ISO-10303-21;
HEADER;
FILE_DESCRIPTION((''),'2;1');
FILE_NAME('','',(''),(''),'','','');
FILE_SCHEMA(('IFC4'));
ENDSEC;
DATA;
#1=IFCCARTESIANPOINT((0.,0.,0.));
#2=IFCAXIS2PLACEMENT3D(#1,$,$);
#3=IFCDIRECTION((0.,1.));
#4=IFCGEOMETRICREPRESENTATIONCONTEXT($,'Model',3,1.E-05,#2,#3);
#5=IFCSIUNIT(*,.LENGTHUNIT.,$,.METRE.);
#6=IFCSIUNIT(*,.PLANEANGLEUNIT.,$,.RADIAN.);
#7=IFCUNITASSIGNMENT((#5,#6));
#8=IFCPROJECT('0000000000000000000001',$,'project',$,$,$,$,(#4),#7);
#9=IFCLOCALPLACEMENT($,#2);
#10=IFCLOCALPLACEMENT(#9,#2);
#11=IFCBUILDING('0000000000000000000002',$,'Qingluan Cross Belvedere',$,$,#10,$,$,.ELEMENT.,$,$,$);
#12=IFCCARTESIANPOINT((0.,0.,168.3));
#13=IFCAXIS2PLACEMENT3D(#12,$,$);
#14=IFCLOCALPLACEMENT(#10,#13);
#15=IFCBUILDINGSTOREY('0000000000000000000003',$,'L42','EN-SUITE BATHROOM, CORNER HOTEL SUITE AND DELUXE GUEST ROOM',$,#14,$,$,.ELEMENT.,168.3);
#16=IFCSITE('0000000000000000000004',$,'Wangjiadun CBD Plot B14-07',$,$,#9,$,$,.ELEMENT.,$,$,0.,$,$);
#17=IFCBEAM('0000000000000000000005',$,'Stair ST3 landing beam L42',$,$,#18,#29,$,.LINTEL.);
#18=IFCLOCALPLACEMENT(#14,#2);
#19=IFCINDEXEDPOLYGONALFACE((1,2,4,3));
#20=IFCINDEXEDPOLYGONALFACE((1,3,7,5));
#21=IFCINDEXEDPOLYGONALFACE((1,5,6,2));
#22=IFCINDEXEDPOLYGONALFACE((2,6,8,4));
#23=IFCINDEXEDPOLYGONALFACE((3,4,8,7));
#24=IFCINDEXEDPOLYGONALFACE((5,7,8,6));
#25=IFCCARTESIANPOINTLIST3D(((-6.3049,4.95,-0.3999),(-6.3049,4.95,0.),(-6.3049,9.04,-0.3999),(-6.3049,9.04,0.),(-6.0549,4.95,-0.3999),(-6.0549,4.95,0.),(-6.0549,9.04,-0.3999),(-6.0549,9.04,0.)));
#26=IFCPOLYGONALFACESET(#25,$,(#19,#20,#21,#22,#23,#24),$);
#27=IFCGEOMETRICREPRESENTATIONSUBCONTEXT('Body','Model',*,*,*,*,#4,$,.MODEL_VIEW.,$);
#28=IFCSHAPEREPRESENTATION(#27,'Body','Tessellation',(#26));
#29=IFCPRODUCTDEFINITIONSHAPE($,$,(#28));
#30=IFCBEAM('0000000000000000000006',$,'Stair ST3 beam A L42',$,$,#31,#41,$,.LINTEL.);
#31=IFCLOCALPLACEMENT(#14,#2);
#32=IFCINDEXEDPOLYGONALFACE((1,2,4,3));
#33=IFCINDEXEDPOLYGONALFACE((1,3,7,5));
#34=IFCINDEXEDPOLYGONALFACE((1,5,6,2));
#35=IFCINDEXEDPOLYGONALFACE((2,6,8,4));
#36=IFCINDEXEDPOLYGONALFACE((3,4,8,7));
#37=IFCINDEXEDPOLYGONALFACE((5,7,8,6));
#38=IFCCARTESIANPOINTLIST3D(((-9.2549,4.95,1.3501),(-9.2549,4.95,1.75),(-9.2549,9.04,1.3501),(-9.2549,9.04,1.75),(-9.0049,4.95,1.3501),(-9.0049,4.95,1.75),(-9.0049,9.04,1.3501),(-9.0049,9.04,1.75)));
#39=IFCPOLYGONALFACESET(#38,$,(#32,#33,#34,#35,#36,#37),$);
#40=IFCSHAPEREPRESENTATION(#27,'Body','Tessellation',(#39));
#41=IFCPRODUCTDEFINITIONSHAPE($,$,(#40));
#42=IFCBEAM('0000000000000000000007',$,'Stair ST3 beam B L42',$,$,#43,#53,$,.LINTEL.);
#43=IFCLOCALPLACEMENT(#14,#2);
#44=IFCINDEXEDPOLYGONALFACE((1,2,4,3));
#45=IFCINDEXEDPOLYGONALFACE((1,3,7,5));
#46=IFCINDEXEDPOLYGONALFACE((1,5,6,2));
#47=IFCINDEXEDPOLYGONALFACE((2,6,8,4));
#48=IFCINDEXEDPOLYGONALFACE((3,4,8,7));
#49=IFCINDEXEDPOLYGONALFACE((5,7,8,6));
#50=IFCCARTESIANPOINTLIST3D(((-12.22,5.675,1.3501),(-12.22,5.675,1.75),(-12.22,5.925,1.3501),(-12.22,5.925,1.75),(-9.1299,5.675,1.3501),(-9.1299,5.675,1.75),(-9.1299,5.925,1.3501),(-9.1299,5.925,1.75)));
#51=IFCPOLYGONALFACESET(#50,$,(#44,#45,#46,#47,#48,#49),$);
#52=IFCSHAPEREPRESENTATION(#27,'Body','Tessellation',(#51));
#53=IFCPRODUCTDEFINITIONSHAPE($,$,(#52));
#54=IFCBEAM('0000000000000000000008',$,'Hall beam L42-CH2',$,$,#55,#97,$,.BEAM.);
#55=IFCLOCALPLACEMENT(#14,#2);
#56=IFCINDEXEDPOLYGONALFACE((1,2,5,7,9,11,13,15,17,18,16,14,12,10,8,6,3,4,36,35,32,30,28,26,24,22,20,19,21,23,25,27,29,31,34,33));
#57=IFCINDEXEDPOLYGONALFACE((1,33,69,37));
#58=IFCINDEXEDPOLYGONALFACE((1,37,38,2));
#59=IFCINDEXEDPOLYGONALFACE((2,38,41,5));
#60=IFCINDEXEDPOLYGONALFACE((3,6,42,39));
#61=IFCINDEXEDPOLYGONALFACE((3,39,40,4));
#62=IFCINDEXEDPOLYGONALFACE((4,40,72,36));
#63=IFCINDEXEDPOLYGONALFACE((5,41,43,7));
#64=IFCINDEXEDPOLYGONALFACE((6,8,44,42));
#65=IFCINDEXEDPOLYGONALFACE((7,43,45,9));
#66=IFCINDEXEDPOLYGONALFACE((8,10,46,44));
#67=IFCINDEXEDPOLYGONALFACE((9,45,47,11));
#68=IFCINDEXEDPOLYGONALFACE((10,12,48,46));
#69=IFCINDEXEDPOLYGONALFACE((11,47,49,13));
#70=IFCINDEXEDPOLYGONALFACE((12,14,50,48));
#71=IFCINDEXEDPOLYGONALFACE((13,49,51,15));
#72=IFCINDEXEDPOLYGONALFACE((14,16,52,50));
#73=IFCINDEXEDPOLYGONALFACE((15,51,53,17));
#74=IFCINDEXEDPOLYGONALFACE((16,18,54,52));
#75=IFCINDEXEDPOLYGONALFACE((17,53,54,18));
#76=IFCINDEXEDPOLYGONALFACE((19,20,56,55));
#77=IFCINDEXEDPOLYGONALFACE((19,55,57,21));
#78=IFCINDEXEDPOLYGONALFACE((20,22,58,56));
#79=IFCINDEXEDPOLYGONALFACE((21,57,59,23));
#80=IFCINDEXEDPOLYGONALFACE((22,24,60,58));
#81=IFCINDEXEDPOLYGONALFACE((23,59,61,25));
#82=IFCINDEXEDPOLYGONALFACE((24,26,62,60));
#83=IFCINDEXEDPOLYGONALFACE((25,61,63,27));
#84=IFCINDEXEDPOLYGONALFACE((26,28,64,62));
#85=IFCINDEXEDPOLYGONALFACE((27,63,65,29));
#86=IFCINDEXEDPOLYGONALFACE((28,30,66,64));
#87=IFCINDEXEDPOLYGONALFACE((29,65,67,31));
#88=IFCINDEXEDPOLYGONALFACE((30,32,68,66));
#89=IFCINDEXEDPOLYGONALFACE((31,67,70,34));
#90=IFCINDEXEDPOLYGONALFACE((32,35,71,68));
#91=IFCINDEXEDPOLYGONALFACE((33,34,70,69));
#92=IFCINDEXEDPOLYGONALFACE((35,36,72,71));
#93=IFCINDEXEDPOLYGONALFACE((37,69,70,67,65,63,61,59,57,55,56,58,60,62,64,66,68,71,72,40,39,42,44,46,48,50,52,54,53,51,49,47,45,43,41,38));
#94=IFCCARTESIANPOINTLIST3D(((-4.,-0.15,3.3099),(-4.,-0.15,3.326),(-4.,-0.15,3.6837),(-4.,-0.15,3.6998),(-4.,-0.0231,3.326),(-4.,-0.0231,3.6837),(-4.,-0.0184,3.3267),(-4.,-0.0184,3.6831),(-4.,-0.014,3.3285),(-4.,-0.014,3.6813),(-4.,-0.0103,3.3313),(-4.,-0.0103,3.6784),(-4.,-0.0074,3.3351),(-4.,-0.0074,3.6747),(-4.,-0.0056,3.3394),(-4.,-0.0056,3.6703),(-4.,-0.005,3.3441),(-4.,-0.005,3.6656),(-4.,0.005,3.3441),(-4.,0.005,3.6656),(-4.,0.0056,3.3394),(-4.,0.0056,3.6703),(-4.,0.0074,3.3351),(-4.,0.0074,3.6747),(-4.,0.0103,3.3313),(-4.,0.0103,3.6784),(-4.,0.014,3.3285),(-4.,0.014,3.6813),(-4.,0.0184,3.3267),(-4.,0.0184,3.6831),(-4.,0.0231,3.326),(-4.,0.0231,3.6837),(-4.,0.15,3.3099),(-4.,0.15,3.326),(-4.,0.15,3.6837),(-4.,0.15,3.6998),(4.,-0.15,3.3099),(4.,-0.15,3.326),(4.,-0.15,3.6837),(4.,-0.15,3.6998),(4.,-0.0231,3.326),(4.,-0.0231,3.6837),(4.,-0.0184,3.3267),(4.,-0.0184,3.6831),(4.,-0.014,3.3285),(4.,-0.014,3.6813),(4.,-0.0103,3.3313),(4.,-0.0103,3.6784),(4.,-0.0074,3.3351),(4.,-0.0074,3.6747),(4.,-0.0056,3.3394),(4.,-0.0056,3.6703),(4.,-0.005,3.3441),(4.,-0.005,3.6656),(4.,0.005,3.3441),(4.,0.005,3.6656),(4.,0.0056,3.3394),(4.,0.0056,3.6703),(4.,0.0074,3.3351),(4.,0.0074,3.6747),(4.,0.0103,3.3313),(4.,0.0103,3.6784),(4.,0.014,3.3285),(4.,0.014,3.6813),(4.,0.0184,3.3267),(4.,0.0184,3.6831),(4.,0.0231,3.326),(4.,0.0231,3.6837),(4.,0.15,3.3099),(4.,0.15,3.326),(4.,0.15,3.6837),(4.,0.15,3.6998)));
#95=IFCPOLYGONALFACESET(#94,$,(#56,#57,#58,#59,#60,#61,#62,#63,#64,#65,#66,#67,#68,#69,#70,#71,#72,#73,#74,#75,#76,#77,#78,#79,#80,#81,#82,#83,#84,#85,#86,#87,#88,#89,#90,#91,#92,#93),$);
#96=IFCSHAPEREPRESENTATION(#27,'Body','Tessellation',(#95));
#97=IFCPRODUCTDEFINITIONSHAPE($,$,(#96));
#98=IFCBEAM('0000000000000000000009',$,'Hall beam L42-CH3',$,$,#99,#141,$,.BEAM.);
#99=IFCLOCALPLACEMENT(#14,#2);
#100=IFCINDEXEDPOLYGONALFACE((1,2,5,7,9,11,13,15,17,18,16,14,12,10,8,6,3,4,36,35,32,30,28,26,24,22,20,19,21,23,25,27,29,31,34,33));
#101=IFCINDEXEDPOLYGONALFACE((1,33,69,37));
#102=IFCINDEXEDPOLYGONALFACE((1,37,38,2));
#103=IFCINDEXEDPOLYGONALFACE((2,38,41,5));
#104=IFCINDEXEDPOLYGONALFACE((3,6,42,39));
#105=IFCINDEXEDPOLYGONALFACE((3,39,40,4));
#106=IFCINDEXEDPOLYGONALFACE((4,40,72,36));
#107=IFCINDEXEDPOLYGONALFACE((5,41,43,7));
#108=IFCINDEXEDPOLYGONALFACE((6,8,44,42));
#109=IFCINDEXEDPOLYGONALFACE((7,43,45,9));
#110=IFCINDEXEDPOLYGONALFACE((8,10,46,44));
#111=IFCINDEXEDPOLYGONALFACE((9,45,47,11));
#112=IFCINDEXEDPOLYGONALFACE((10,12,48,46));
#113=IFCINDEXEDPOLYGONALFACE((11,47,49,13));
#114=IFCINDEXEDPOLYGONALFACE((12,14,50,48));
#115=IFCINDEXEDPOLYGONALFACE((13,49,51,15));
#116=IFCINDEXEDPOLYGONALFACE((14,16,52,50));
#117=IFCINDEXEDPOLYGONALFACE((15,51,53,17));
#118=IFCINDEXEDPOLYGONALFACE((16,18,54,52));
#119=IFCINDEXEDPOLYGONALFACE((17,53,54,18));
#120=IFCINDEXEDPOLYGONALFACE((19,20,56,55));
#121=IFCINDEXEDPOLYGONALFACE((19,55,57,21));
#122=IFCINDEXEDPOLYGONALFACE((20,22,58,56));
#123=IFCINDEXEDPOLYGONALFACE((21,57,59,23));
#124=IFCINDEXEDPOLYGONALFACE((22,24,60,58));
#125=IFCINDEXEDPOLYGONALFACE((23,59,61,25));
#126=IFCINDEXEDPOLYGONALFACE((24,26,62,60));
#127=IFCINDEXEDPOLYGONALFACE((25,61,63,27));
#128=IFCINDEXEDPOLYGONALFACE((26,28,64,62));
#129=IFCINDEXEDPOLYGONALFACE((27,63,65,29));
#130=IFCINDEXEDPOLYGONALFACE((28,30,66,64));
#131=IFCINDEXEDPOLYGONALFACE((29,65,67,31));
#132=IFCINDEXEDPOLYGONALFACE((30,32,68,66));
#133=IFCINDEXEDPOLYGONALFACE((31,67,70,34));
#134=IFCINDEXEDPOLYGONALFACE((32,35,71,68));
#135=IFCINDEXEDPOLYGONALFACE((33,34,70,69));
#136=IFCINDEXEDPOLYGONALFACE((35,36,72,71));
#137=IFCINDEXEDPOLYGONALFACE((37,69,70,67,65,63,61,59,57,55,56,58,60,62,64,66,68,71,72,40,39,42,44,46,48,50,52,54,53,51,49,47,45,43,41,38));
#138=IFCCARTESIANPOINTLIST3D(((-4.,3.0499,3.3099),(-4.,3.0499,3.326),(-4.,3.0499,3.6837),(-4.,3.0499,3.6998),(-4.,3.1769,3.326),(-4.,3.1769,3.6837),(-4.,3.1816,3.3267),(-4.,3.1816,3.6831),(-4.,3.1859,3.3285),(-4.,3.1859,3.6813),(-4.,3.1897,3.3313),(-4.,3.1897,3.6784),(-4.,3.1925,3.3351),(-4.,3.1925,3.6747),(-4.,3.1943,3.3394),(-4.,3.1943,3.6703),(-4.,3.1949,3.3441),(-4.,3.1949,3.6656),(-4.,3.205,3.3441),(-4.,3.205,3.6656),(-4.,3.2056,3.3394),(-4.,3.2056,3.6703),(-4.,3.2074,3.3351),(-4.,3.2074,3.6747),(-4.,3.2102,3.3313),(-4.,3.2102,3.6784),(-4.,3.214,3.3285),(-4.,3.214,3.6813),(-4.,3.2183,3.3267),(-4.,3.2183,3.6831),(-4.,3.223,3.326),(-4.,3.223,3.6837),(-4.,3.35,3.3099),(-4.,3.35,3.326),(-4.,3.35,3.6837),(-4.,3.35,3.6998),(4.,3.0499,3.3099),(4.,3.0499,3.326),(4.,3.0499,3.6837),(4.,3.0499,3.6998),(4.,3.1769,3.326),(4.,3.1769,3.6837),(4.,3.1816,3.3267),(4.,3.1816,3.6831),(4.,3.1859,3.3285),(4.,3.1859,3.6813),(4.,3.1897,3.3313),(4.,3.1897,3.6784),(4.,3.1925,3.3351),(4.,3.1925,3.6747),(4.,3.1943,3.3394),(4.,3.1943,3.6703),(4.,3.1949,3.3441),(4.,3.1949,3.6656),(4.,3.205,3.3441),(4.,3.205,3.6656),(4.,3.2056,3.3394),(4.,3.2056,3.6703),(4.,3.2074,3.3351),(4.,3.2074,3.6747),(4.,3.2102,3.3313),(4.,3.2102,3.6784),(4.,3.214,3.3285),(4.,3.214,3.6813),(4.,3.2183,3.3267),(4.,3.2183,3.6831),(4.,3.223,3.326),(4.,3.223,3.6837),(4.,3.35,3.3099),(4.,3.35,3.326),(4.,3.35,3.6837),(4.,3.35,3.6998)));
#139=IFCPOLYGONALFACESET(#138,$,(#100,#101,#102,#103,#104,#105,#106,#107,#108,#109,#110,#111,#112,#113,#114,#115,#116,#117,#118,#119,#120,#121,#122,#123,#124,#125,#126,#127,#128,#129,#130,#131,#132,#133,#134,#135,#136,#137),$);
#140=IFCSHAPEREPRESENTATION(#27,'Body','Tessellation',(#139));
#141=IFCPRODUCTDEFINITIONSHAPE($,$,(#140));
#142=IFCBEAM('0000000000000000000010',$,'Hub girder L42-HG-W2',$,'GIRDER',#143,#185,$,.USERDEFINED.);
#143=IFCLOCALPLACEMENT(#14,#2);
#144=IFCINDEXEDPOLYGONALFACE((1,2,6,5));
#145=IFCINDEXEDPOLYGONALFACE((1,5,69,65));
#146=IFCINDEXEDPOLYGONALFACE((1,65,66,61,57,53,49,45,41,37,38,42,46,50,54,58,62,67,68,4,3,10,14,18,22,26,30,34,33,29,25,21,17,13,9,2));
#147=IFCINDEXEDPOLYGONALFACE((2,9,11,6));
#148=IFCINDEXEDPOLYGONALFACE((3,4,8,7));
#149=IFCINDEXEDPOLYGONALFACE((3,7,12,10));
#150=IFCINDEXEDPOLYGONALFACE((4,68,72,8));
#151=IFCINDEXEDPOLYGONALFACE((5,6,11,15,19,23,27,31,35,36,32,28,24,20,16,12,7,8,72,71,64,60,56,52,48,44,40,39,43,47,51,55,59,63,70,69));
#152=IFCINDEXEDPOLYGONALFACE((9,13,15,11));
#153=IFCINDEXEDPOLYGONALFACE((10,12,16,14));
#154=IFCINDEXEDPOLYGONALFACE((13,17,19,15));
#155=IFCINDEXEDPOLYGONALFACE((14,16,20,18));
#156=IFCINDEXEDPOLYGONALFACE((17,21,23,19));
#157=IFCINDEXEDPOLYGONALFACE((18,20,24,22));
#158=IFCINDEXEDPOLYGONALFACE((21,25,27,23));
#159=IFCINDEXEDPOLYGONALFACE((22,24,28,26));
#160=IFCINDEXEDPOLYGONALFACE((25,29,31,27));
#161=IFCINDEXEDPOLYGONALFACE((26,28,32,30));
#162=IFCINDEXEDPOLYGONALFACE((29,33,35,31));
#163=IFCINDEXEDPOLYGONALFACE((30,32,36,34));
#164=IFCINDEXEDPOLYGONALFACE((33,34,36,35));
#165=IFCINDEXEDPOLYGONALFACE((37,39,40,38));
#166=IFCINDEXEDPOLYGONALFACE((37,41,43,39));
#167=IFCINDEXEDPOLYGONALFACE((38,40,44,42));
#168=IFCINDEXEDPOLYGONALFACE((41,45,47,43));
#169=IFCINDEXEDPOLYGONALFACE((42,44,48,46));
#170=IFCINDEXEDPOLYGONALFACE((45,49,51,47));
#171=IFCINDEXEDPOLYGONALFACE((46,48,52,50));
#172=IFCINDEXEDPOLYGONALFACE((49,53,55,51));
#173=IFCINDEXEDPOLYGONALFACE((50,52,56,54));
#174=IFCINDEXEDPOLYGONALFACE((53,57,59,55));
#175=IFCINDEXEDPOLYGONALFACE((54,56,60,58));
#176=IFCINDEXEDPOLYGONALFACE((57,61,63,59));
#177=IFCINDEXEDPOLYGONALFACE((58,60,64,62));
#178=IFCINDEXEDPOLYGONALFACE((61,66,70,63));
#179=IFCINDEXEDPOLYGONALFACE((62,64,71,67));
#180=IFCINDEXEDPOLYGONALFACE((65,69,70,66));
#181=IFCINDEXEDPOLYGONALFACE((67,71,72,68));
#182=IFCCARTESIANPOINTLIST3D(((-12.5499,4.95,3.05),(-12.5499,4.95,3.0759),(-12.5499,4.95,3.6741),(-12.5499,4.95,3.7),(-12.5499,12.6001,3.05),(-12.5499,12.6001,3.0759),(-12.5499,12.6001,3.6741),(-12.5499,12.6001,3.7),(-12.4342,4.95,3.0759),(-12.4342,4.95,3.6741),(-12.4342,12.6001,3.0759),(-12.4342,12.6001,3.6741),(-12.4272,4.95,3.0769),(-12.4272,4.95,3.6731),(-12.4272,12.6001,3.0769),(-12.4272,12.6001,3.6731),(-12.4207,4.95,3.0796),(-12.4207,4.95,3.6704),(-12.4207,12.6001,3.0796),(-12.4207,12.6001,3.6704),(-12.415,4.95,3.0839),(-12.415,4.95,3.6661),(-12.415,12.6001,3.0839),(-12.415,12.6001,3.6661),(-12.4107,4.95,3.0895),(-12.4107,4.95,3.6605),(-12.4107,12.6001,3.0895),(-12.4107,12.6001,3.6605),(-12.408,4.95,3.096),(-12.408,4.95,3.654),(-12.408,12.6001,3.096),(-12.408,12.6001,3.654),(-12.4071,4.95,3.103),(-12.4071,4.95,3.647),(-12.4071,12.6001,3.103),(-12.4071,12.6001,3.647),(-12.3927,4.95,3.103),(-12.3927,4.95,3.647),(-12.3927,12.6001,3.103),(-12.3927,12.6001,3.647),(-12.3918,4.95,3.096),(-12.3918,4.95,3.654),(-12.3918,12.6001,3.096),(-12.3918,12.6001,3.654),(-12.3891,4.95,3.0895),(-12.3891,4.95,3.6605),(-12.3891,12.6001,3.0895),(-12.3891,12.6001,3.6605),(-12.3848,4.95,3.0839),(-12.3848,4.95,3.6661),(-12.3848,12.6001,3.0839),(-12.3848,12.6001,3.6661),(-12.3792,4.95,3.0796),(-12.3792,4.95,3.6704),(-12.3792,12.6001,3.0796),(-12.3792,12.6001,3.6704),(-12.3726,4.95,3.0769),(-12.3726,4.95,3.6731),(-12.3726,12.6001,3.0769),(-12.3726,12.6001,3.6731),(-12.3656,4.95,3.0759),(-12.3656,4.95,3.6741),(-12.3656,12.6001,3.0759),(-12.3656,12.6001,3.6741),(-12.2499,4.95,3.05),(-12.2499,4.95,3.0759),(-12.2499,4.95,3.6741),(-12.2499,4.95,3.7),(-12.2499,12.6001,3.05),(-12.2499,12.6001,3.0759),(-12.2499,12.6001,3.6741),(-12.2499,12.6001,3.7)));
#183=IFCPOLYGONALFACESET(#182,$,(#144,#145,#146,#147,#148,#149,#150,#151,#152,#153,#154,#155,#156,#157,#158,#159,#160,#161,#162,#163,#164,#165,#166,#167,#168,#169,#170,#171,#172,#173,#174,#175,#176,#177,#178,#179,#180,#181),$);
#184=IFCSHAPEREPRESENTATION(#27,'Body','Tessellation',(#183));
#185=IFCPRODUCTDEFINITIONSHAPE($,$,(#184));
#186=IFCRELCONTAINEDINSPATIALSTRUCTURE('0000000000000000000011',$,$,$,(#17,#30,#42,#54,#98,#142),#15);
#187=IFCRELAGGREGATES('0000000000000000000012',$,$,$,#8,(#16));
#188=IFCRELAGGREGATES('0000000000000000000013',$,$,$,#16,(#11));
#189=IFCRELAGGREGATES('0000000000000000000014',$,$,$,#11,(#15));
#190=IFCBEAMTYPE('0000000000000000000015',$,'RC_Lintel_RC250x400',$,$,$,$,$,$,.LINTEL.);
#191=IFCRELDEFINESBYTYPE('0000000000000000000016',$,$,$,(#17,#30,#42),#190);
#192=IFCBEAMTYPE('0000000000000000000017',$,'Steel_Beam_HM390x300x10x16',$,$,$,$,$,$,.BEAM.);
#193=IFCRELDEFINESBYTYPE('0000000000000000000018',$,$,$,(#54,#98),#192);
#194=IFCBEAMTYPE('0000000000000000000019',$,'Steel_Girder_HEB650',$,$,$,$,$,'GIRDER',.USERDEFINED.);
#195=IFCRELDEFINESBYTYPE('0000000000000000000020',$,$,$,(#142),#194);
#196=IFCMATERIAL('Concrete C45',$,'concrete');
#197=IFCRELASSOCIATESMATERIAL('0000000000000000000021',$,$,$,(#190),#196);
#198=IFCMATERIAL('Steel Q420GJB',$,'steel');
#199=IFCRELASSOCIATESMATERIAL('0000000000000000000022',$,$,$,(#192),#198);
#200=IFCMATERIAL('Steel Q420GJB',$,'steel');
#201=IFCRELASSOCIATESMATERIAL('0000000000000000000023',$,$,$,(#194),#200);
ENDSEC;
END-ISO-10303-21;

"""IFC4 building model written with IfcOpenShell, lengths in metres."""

from ifc_helpers import new_model, si_unit, direction, frame, origin, origin_2d, place, context, subcontext, project, spatial, rectangle, i_section, extrude, material, material_profile, profile_set, type_object, element, save


model = new_model("IFC4")

# Units and contexts
model_context = context("Model", 3, precision=1e-05, world=origin(), true_north=direction((0.0, 1.0)))
body_context = subcontext(model_context, "Body", "Model", "MODEL_VIEW")
ifc_project = project(units=[si_unit("LENGTHUNIT", "METRE"), si_unit("PLANEANGLEUNIT", "RADIAN")], contexts=[model_context])

# Site, building, storey
site_placement = place(None, origin())
site = spatial("IfcSite", under=ifc_project, at=site_placement, Name="Wangjiadun CBD Plot B14-07", CompositionType="ELEMENT", RefElevation=0.0)
building_placement = place(site_placement, origin())
building = spatial("IfcBuilding", under=site, at=building_placement, Name="Qingluan Cross Belvedere", CompositionType="ELEMENT")
storey_placement = place(building_placement, frame((0.0, 0.0, 168.3)))
storey = spatial("IfcBuildingStorey", under=building, at=storey_placement, Name="L42", Description="EN-SUITE BATHROOM, CORNER HOTEL SUITE AND DELUXE GUEST ROOM", CompositionType="ELEMENT", Elevation=168.3)

# Beams
ifc_material_1 = material(Name="Concrete C45", Category="concrete")
ifc_material_profile_1 = material_profile(ifc_material_1, rectangle(XDim=0.25, YDim=0.3999, at=origin_2d()), Name="RC250x400")
ifc_profile_set_1 = profile_set([ifc_material_profile_1], Name="Concrete C45")
beam_type_1 = type_object("IfcBeamType", Name="RC_Lintel_RC250x400", PredefinedType="LINTEL", material=ifc_profile_set_1)
for number, where, z_axis, x_axis, name in (
    (1, (-6.1799, 4.95, -0.2), (0.0, 1.0, 0.0), (-1.0, 0.0, 0.0), "Stair ST3 landing beam L42"),
    (2, (-9.1299, 4.95, 1.55), (0.0, 1.0, 0.0), (-1.0, 0.0, 0.0), "Stair ST3 beam A L42"),
):
    element("IfcBeam", number, at=place(storey_placement, frame(where, z_axis=z_axis, x_axis=x_axis)), inside=storey, type_object=beam_type_1, Name=name, PredefinedType="LINTEL", context=body_context, shape_type="SweptSolid", body=[
        extrude(rectangle(XDim=0.25, YDim=0.3999, at=origin_2d()), origin(), (0.0, 0.0, 1.0), 4.0901),
    ])
beam_1_placement = place(storey_placement, frame((-12.22, 5.8, 1.55), z_axis=(1.0, 0.0, 0.0), x_axis=(0.0, 1.0, 0.0)))
element("IfcBeam", 3, at=beam_1_placement, inside=storey, type_object=beam_type_1, Name="Stair ST3 beam B L42", PredefinedType="LINTEL", context=body_context, shape_type="SweptSolid", body=[
    extrude(rectangle(XDim=0.25, YDim=0.3999, at=origin_2d()), origin(), (0.0, 0.0, 1.0), 3.0901),
])
ifc_material_2 = material(Name="Steel Q420GJB", Category="steel")
ifc_material_profile_2 = material_profile(ifc_material_2, i_section(OverallWidth=0.3, OverallDepth=0.3899, WebThickness=0.01, FlangeThickness=0.0161, FilletRadius=0.0181, at=origin_2d()), Name="HM390x300x10x16")
ifc_profile_set_2 = profile_set([ifc_material_profile_2], Name="Steel Q420GJB")
beam_type_2 = type_object("IfcBeamType", Name="Steel_Beam_HM390x300x10x16", PredefinedType="BEAM", material=ifc_profile_set_2)
for number, where, z_axis, x_axis, name in (
    (4, (-4.0, 0.0, 3.5049), (1.0, 0.0, 0.0), (0.0, 1.0, 0.0), "Hall beam L42-CH2"),
    (5, (-4.0, 3.2, 3.5049), (1.0, 0.0, 0.0), (0.0, 1.0, 0.0), "Hall beam L42-CH3"),
):
    element("IfcBeam", number, at=place(storey_placement, frame(where, z_axis=z_axis, x_axis=x_axis)), inside=storey, type_object=beam_type_2, Name=name, PredefinedType="BEAM", context=body_context, shape_type="SweptSolid", body=[
        extrude(i_section(OverallWidth=0.3, OverallDepth=0.3899, WebThickness=0.01, FlangeThickness=0.0161, FilletRadius=0.0181, at=origin_2d()), origin(), (0.0, 0.0, 1.0), 8.0),
    ])
ifc_material_3 = material(Name="Steel Q420GJB", Category="steel")
ifc_material_profile_3 = material_profile(ifc_material_3, i_section(OverallWidth=0.3, OverallDepth=0.6499, WebThickness=0.0144, FlangeThickness=0.0259, FilletRadius=0.0271, at=origin_2d()), Name="HEB650")
ifc_profile_set_3 = profile_set([ifc_material_profile_3], Name="Steel Q420GJB")
beam_type_3 = type_object("IfcBeamType", Name="Steel_Girder_HEB650", ElementType="GIRDER", PredefinedType="USERDEFINED", material=ifc_profile_set_3)
beam_2_placement = place(storey_placement, frame((-12.3999, 4.95, 3.375), z_axis=(0.0, 1.0, 0.0), x_axis=(-1.0, 0.0, 0.0)))
element("IfcBeam", 6, at=beam_2_placement, inside=storey, type_object=beam_type_3, Name="Hub girder L42-HG-W2", ObjectType="GIRDER", PredefinedType="USERDEFINED", context=body_context, shape_type="SweptSolid", body=[
    extrude(i_section(OverallWidth=0.3, OverallDepth=0.6499, WebThickness=0.0144, FlangeThickness=0.0259, FilletRadius=0.0271, at=origin_2d()), origin(), (0.0, 0.0, 1.0), 7.6501),
])

save(model, "model.ifc")
